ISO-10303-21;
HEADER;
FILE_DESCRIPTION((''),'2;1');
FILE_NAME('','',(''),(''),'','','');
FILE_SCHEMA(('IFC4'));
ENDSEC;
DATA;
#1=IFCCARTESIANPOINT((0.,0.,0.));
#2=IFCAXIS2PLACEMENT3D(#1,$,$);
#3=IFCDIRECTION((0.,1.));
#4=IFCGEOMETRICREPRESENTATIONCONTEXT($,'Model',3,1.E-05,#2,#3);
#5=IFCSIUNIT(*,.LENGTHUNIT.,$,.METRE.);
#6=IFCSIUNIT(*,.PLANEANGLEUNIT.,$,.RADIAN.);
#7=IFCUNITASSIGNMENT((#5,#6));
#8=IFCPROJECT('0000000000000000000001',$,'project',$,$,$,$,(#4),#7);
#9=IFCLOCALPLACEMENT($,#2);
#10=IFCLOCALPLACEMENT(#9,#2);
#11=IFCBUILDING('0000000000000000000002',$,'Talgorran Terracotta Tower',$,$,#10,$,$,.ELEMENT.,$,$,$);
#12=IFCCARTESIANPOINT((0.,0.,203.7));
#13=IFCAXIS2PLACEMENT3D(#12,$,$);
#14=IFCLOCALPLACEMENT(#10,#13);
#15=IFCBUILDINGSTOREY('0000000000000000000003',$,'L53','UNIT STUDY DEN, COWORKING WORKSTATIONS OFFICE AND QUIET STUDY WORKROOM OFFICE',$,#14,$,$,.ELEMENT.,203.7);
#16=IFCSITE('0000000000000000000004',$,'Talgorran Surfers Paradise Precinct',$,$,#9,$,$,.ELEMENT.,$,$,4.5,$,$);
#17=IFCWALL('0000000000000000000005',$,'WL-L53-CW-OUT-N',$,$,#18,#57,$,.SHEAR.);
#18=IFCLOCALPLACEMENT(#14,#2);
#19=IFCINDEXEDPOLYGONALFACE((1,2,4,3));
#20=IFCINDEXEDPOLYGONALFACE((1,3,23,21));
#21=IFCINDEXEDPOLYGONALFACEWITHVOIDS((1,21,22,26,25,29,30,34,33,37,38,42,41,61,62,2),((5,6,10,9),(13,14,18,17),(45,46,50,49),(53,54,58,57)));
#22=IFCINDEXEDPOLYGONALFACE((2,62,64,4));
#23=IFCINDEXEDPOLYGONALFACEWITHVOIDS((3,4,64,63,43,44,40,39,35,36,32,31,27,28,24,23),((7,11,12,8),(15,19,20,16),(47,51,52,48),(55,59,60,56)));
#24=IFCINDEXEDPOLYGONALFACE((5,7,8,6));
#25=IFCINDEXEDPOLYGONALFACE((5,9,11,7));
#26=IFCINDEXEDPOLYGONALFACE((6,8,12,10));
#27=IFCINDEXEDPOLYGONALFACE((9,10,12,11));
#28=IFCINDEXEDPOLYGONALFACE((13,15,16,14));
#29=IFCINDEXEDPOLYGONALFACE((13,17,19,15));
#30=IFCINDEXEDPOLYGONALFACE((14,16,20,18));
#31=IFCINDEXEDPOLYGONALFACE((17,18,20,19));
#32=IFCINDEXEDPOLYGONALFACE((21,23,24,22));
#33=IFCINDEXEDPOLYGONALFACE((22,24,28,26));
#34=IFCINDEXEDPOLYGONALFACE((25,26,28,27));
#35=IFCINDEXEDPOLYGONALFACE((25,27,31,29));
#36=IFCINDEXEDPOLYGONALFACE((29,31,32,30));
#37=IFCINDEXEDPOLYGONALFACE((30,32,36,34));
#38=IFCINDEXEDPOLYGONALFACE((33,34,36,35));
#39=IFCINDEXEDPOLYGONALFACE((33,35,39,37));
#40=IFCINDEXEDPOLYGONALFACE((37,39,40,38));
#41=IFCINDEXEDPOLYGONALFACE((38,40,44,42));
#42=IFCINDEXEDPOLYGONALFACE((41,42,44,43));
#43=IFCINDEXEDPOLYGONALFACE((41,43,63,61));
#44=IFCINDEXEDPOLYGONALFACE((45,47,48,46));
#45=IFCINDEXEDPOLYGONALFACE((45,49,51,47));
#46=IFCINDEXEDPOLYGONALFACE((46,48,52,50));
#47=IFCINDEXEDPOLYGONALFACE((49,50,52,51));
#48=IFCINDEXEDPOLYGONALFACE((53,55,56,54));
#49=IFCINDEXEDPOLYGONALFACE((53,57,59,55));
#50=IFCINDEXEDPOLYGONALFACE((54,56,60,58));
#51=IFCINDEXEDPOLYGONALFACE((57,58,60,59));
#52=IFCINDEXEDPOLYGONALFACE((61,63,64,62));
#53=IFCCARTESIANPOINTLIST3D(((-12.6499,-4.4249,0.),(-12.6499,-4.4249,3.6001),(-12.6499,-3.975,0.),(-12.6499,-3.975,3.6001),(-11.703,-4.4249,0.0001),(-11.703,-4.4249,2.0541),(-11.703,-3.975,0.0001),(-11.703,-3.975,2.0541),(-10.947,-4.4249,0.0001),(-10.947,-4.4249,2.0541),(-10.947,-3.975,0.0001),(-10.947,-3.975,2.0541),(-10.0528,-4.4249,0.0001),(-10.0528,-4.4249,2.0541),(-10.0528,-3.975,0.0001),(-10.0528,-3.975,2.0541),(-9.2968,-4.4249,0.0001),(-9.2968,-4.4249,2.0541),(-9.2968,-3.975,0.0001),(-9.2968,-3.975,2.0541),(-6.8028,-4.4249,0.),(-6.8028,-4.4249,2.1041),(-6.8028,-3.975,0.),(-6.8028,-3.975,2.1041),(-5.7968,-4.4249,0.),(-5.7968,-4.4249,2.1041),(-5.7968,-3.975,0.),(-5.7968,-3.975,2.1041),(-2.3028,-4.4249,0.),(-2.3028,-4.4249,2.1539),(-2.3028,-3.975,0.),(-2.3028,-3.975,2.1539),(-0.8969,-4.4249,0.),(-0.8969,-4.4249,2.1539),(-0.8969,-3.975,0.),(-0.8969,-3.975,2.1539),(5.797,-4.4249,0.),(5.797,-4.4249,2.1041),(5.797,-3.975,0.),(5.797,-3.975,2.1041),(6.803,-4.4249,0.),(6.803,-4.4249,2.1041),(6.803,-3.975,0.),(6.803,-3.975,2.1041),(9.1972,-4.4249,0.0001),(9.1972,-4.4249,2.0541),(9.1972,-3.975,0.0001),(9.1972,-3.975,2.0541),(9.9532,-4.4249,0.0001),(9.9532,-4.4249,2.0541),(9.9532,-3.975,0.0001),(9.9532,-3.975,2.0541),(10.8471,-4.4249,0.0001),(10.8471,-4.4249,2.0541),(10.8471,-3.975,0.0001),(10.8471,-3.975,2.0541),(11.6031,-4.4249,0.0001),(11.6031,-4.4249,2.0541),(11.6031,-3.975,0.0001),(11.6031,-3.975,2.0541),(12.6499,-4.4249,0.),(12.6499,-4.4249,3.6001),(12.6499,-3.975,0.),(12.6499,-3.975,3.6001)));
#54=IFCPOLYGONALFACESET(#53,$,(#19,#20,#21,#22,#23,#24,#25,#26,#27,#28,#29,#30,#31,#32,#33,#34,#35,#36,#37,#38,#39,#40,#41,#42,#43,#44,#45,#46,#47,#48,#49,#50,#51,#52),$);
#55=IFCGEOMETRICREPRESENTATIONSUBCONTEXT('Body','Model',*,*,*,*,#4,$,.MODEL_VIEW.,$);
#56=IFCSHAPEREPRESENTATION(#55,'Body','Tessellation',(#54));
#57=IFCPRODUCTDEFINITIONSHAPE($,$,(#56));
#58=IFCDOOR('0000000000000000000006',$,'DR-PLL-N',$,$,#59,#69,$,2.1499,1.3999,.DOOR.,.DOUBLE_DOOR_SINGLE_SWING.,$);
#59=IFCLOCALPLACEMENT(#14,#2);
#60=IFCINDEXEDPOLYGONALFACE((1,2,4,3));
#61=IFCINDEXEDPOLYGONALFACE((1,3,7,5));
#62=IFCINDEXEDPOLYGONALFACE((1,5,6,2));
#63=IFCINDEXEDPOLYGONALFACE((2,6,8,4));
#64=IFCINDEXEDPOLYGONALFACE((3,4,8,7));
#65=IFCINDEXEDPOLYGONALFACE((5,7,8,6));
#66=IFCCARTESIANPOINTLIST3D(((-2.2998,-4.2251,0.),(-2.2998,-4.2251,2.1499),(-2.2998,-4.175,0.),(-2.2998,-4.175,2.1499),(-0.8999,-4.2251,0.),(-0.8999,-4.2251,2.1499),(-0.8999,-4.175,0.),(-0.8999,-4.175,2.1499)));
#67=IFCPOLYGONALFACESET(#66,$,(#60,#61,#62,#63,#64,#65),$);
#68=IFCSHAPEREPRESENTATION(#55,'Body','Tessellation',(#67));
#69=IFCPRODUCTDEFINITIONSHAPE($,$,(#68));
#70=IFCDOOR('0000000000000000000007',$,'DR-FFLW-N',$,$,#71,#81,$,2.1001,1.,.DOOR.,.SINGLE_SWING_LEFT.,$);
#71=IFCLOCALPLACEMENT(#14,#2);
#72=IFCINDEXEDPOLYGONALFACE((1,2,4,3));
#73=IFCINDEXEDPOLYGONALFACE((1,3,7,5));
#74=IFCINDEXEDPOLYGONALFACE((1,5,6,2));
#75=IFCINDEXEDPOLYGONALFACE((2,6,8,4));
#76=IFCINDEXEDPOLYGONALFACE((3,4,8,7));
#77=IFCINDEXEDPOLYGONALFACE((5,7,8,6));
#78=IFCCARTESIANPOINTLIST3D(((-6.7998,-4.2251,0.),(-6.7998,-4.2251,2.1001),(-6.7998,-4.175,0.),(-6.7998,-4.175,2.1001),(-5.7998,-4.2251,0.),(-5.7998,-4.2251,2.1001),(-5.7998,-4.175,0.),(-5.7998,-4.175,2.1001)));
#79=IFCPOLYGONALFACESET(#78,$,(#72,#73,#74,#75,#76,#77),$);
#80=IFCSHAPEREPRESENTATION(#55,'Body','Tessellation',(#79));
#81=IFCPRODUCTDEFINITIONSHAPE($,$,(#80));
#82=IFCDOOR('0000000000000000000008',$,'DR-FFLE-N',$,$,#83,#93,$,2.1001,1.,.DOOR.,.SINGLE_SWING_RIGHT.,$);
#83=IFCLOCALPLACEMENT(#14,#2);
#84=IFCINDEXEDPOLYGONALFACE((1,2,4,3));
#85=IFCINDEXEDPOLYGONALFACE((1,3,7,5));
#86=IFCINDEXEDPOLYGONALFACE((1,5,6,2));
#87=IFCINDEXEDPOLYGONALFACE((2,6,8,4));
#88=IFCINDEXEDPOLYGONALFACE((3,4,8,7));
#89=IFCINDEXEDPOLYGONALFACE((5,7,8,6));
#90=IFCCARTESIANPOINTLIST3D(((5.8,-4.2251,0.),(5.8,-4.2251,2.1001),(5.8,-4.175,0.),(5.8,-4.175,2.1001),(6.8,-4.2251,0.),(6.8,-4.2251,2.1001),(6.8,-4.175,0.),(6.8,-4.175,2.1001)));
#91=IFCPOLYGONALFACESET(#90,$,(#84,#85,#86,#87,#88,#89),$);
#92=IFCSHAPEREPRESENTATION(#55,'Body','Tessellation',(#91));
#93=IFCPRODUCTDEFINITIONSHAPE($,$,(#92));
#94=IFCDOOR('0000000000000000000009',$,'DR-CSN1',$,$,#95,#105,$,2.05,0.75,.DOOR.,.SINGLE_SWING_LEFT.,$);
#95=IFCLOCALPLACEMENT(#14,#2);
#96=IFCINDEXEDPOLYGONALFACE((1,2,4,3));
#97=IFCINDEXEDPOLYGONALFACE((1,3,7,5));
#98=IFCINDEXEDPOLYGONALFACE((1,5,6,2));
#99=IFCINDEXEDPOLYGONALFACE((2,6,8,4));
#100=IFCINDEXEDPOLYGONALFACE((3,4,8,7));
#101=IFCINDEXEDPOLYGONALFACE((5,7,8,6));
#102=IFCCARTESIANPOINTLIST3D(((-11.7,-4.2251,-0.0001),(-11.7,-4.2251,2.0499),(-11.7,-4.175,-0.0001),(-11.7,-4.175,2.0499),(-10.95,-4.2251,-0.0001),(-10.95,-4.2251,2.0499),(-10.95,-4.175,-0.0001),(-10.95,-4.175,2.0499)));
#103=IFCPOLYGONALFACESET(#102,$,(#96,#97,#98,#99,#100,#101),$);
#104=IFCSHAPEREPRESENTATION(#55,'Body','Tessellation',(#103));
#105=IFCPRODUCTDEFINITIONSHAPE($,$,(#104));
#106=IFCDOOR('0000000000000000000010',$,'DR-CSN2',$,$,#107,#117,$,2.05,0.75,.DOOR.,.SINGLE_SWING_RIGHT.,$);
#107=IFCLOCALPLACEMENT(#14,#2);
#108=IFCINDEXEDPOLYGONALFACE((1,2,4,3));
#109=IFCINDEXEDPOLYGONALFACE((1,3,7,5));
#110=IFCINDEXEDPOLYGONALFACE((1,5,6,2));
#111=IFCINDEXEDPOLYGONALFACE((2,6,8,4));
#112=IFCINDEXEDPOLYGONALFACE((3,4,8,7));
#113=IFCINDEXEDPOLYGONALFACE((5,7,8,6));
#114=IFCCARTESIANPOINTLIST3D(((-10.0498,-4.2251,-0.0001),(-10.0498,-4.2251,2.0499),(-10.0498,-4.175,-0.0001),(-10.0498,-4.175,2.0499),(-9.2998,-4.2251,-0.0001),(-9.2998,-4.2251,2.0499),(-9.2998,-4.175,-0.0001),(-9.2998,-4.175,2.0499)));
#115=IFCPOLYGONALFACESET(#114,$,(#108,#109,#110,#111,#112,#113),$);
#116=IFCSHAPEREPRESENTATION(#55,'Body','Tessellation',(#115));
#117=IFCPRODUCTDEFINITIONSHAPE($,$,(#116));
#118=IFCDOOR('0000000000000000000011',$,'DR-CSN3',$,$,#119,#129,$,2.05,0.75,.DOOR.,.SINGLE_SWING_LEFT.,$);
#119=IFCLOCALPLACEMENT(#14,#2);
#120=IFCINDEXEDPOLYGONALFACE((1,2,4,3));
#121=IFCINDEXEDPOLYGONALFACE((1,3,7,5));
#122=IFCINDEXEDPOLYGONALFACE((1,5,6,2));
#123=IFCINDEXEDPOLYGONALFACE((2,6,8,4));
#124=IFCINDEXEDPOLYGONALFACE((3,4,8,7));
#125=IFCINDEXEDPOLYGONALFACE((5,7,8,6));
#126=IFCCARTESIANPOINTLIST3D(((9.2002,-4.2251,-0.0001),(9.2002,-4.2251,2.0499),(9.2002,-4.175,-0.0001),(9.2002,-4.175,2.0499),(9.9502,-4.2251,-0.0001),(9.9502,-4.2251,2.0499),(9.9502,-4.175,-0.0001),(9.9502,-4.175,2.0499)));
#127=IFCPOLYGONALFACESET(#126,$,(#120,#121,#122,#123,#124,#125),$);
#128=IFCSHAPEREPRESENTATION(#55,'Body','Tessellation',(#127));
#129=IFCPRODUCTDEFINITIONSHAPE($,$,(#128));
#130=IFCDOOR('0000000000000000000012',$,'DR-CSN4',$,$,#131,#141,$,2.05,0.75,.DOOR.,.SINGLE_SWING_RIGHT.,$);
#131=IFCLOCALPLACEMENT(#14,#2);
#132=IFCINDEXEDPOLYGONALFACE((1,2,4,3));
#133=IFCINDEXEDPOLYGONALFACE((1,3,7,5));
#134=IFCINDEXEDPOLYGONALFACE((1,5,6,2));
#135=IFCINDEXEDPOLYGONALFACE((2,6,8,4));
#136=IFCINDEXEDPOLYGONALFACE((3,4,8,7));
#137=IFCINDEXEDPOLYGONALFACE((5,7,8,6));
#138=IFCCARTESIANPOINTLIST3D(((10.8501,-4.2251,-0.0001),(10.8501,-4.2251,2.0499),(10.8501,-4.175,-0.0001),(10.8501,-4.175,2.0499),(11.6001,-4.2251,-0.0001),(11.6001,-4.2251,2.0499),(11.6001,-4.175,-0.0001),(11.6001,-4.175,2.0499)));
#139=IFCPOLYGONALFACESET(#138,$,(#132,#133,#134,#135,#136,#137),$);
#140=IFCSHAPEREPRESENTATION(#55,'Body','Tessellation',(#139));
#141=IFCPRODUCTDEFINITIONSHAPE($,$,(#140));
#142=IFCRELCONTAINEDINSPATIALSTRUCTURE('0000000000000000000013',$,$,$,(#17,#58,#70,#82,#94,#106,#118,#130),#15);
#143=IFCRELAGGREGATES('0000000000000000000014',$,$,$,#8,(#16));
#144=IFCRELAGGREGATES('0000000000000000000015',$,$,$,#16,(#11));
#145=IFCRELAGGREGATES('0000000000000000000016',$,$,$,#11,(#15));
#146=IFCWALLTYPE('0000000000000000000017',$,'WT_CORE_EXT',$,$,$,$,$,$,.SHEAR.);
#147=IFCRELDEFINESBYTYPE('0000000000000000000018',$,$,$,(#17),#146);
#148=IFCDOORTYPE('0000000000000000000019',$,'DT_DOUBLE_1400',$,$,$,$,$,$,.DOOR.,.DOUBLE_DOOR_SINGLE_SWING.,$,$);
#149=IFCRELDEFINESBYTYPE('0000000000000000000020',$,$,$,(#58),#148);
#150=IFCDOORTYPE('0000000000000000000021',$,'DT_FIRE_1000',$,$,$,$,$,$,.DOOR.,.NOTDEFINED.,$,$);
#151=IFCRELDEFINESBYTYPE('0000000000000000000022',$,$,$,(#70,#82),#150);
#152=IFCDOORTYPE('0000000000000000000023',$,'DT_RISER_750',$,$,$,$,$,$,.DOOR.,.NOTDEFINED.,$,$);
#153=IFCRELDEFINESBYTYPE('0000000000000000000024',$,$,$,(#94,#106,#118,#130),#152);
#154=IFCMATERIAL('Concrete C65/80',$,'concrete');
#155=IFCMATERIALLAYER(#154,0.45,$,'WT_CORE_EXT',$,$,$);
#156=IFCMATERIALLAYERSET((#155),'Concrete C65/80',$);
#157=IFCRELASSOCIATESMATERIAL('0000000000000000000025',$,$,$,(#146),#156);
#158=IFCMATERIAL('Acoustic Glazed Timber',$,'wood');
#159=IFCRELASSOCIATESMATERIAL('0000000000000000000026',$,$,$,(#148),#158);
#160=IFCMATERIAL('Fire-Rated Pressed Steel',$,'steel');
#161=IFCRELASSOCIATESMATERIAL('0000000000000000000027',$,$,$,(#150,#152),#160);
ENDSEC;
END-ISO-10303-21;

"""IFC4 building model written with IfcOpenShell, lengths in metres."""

from ifc_helpers import new_model, si_unit, direction, frame, frame_2d, origin, place, context, subcontext, project, spatial, rectangle, extrude, material, layer, layer_set, type_object, element, fill, save


model = new_model("IFC4")

# Units and contexts
model_context = context("Model", 3, precision=1e-05, world=origin(), true_north=direction((0.0, 1.0)))
body_context = subcontext(model_context, "Body", "Model", "MODEL_VIEW")
ifc_project = project(units=[si_unit("LENGTHUNIT", "METRE"), si_unit("PLANEANGLEUNIT", "RADIAN")], contexts=[model_context])

# Site, building, storey
site_placement = place(None, origin())
site = spatial("IfcSite", under=ifc_project, at=site_placement, Name="Talgorran Surfers Paradise Precinct", CompositionType="ELEMENT", RefElevation=4.5)
building_placement = place(site_placement, origin())
building = spatial("IfcBuilding", under=site, at=building_placement, Name="Talgorran Terracotta Tower", CompositionType="ELEMENT")
storey_placement = place(building_placement, frame((0.0, 0.0, 203.7)))
storey = spatial("IfcBuildingStorey", under=building, at=storey_placement, Name="L53", Description="UNIT STUDY DEN, COWORKING WORKSTATIONS OFFICE AND QUIET STUDY WORKROOM OFFICE", CompositionType="ELEMENT", Elevation=203.7)

# Wall, openings, doors
ifc_material_1 = material(Name="Concrete C65/80", Category="concrete")
ifc_layer_1 = layer(ifc_material_1, 0.45, Name="WT_CORE_EXT")
ifc_layer_set_1 = layer_set([ifc_layer_1], Name="Concrete C65/80")
wall_type_1 = type_object("IfcWallType", Name="WT_CORE_EXT", PredefinedType="SHEAR", material=ifc_layer_set_1)
wall_1_placement = place(storey_placement, frame((-12.6499, -4.2, 0.0), z_axis=(0.0, 0.0, 1.0), x_axis=(1.0, 0.0, 0.0)))
wall_1 = element("IfcWall", 1, at=wall_1_placement, inside=storey, type_object=wall_type_1, Name="WL-L53-CW-OUT-N", PredefinedType="SHEAR", context=body_context, shape_type="SweptSolid", body=[
    extrude(rectangle(XDim=25.2998, YDim=0.45, at=frame_2d((12.6499, 0.0))), origin(), (0.0, 0.0, 1.0), 3.6001),
])
opening_1_placement = place(wall_1_placement, frame((0.95, 0.0, 0.0)))
opening_1 = element("IfcOpeningElement", 2, at=opening_1_placement, cuts=wall_1, PredefinedType="OPENING", context=body_context, shape_type="SweptSolid", body=[
    extrude(rectangle(XDim=0.756, YDim=2.054, at=frame_2d((0.375, 1.0271))), frame((0.0, 0.2349, 0.0), z_axis=(0.0, -1.0, 0.0), x_axis=(1.0, 0.0, 0.0)), (0.0, 0.0, 1.0), 0.47),
])
opening_2_placement = place(wall_1_placement, frame((2.6001, 0.0, 0.0)))
opening_2 = element("IfcOpeningElement", 3, at=opening_2_placement, cuts=wall_1, PredefinedType="OPENING", context=body_context, shape_type="SweptSolid", body=[
    extrude(rectangle(XDim=0.756, YDim=2.054, at=frame_2d((0.375, 1.0271))), frame((0.0, 0.2349, 0.0), z_axis=(0.0, -1.0, 0.0), x_axis=(1.0, 0.0, 0.0)), (0.0, 0.0, 1.0), 0.47),
])
opening_3_placement = place(wall_1_placement, frame((21.8501, 0.0, 0.0)))
opening_3 = element("IfcOpeningElement", 4, at=opening_3_placement, cuts=wall_1, PredefinedType="OPENING", context=body_context, shape_type="SweptSolid", body=[
    extrude(rectangle(XDim=0.756, YDim=2.054, at=frame_2d((0.375, 1.0271))), frame((0.0, 0.2349, 0.0), z_axis=(0.0, -1.0, 0.0), x_axis=(1.0, 0.0, 0.0)), (0.0, 0.0, 1.0), 0.47),
])
opening_4_placement = place(wall_1_placement, frame((23.5, 0.0, 0.0)))
opening_4 = element("IfcOpeningElement", 5, at=opening_4_placement, cuts=wall_1, PredefinedType="OPENING", context=body_context, shape_type="SweptSolid", body=[
    extrude(rectangle(XDim=0.756, YDim=2.054, at=frame_2d((0.375, 1.0271))), frame((0.0, 0.2349, 0.0), z_axis=(0.0, -1.0, 0.0), x_axis=(1.0, 0.0, 0.0)), (0.0, 0.0, 1.0), 0.47),
])
opening_5_placement = place(wall_1_placement, frame((5.8501, 0.0, 0.0)))
opening_5 = element("IfcOpeningElement", 6, at=opening_5_placement, cuts=wall_1, PredefinedType="OPENING", context=body_context, shape_type="SweptSolid", body=[
    extrude(rectangle(XDim=1.006, YDim=2.1041, at=frame_2d((0.5, 1.052))), frame((0.0, 0.2349, 0.0), z_axis=(0.0, -1.0, 0.0), x_axis=(1.0, 0.0, 0.0)), (0.0, 0.0, 1.0), 0.47),
])
opening_6_placement = place(wall_1_placement, frame((10.3501, 0.0, 0.0)))
opening_6 = element("IfcOpeningElement", 7, at=opening_6_placement, cuts=wall_1, PredefinedType="OPENING", context=body_context, shape_type="SweptSolid", body=[
    extrude(rectangle(XDim=1.4059, YDim=2.1539, at=frame_2d((0.7, 1.0769))), frame((0.0, 0.2349, 0.0), z_axis=(0.0, -1.0, 0.0), x_axis=(1.0, 0.0, 0.0)), (0.0, 0.0, 1.0), 0.47),
])
opening_7_placement = place(wall_1_placement, frame((18.45, 0.0, 0.0)))
opening_7 = element("IfcOpeningElement", 8, at=opening_7_placement, cuts=wall_1, PredefinedType="OPENING", context=body_context, shape_type="SweptSolid", body=[
    extrude(rectangle(XDim=1.006, YDim=2.1041, at=frame_2d((0.5, 1.052))), frame((0.0, 0.2349, 0.0), z_axis=(0.0, -1.0, 0.0), x_axis=(1.0, 0.0, 0.0)), (0.0, 0.0, 1.0), 0.47),
])
ifc_material_2 = material(Name="Acoustic Glazed Timber", Category="wood")
door_type_1 = type_object("IfcDoorType", Name="DT_DOUBLE_1400", OperationType="DOUBLE_DOOR_SINGLE_SWING", PredefinedType="DOOR", material=ifc_material_2)
door_1_placement = place(opening_6_placement, origin())
door_1 = element("IfcDoor", 9, at=door_1_placement, inside=storey, type_object=door_type_1, Name="DR-PLL-N", OperationType="DOUBLE_DOOR_SINGLE_SWING", OverallHeight=2.1499, OverallWidth=1.3999, PredefinedType="DOOR", context=body_context, shape_type="SweptSolid", body=[
    extrude(rectangle(XDim=1.3999, YDim=2.1499, at=frame_2d((0.7, 1.075))), frame((0.0, 0.0249, 0.0), z_axis=(0.0, -1.0, 0.0), x_axis=(1.0, 0.0, 0.0)), (0.0, 0.0, 1.0), 0.05),
])
fill(opening_6, door_1)
ifc_material_3 = material(Name="Fire-Rated Pressed Steel", Category="steel")
door_type_2 = type_object("IfcDoorType", Name="DT_FIRE_1000", OperationType="NOTDEFINED", PredefinedType="DOOR", material=ifc_material_3)
door_2_placement = place(opening_5_placement, origin())
door_2 = element("IfcDoor", 10, at=door_2_placement, inside=storey, type_object=door_type_2, Name="DR-FFLW-N", OperationType="SINGLE_SWING_LEFT", OverallHeight=2.1001, OverallWidth=1.0, PredefinedType="DOOR", context=body_context, shape_type="SweptSolid", body=[
    extrude(rectangle(XDim=1.0, YDim=2.1001, at=frame_2d((0.5, 1.05))), frame((0.0, 0.0249, 0.0), z_axis=(0.0, -1.0, 0.0), x_axis=(1.0, 0.0, 0.0)), (0.0, 0.0, 1.0), 0.05),
])
fill(opening_5, door_2)
door_3_placement = place(opening_7_placement, origin())
door_3 = element("IfcDoor", 11, at=door_3_placement, inside=storey, type_object=door_type_2, Name="DR-FFLE-N", OperationType="SINGLE_SWING_RIGHT", OverallHeight=2.1001, OverallWidth=1.0, PredefinedType="DOOR", context=body_context, shape_type="SweptSolid", body=[
    extrude(rectangle(XDim=1.0, YDim=2.1001, at=frame_2d((0.5, 1.05))), frame((0.0, 0.0249, 0.0), z_axis=(0.0, -1.0, 0.0), x_axis=(1.0, 0.0, 0.0)), (0.0, 0.0, 1.0), 0.05),
])
fill(opening_7, door_3)
door_type_3 = type_object("IfcDoorType", Name="DT_RISER_750", OperationType="NOTDEFINED", PredefinedType="DOOR", material=ifc_material_3)
door_4_placement = place(opening_1_placement, origin())
door_4 = element("IfcDoor", 12, at=door_4_placement, inside=storey, type_object=door_type_3, Name="DR-CSN1", OperationType="SINGLE_SWING_LEFT", OverallHeight=2.05, OverallWidth=0.75, PredefinedType="DOOR", context=body_context, shape_type="SweptSolid", body=[
    extrude(rectangle(XDim=0.75, YDim=2.05, at=frame_2d((0.375, 1.0249))), frame((0.0, 0.0249, 0.0), z_axis=(0.0, -1.0, 0.0), x_axis=(1.0, 0.0, 0.0)), (0.0, 0.0, 1.0), 0.05),
])
fill(opening_1, door_4)
door_5_placement = place(opening_2_placement, origin())
door_5 = element("IfcDoor", 13, at=door_5_placement, inside=storey, type_object=door_type_3, Name="DR-CSN2", OperationType="SINGLE_SWING_RIGHT", OverallHeight=2.05, OverallWidth=0.75, PredefinedType="DOOR", context=body_context, shape_type="SweptSolid", body=[
    extrude(rectangle(XDim=0.75, YDim=2.05, at=frame_2d((0.375, 1.0249))), frame((0.0, 0.0249, 0.0), z_axis=(0.0, -1.0, 0.0), x_axis=(1.0, 0.0, 0.0)), (0.0, 0.0, 1.0), 0.05),
])
fill(opening_2, door_5)
door_6_placement = place(opening_3_placement, origin())
door_6 = element("IfcDoor", 14, at=door_6_placement, inside=storey, type_object=door_type_3, Name="DR-CSN3", OperationType="SINGLE_SWING_LEFT", OverallHeight=2.05, OverallWidth=0.75, PredefinedType="DOOR", context=body_context, shape_type="SweptSolid", body=[
    extrude(rectangle(XDim=0.75, YDim=2.05, at=frame_2d((0.375, 1.0249))), frame((0.0, 0.0249, 0.0), z_axis=(0.0, -1.0, 0.0), x_axis=(1.0, 0.0, 0.0)), (0.0, 0.0, 1.0), 0.05),
])
fill(opening_3, door_6)
door_7_placement = place(opening_4_placement, origin())
door_7 = element("IfcDoor", 15, at=door_7_placement, inside=storey, type_object=door_type_3, Name="DR-CSN4", OperationType="SINGLE_SWING_RIGHT", OverallHeight=2.05, OverallWidth=0.75, PredefinedType="DOOR", context=body_context, shape_type="SweptSolid", body=[
    extrude(rectangle(XDim=0.75, YDim=2.05, at=frame_2d((0.375, 1.0249))), frame((0.0, 0.0249, 0.0), z_axis=(0.0, -1.0, 0.0), x_axis=(1.0, 0.0, 0.0)), (0.0, 0.0, 1.0), 0.05),
])
fill(opening_4, door_7)

save(model, "model.ifc")
